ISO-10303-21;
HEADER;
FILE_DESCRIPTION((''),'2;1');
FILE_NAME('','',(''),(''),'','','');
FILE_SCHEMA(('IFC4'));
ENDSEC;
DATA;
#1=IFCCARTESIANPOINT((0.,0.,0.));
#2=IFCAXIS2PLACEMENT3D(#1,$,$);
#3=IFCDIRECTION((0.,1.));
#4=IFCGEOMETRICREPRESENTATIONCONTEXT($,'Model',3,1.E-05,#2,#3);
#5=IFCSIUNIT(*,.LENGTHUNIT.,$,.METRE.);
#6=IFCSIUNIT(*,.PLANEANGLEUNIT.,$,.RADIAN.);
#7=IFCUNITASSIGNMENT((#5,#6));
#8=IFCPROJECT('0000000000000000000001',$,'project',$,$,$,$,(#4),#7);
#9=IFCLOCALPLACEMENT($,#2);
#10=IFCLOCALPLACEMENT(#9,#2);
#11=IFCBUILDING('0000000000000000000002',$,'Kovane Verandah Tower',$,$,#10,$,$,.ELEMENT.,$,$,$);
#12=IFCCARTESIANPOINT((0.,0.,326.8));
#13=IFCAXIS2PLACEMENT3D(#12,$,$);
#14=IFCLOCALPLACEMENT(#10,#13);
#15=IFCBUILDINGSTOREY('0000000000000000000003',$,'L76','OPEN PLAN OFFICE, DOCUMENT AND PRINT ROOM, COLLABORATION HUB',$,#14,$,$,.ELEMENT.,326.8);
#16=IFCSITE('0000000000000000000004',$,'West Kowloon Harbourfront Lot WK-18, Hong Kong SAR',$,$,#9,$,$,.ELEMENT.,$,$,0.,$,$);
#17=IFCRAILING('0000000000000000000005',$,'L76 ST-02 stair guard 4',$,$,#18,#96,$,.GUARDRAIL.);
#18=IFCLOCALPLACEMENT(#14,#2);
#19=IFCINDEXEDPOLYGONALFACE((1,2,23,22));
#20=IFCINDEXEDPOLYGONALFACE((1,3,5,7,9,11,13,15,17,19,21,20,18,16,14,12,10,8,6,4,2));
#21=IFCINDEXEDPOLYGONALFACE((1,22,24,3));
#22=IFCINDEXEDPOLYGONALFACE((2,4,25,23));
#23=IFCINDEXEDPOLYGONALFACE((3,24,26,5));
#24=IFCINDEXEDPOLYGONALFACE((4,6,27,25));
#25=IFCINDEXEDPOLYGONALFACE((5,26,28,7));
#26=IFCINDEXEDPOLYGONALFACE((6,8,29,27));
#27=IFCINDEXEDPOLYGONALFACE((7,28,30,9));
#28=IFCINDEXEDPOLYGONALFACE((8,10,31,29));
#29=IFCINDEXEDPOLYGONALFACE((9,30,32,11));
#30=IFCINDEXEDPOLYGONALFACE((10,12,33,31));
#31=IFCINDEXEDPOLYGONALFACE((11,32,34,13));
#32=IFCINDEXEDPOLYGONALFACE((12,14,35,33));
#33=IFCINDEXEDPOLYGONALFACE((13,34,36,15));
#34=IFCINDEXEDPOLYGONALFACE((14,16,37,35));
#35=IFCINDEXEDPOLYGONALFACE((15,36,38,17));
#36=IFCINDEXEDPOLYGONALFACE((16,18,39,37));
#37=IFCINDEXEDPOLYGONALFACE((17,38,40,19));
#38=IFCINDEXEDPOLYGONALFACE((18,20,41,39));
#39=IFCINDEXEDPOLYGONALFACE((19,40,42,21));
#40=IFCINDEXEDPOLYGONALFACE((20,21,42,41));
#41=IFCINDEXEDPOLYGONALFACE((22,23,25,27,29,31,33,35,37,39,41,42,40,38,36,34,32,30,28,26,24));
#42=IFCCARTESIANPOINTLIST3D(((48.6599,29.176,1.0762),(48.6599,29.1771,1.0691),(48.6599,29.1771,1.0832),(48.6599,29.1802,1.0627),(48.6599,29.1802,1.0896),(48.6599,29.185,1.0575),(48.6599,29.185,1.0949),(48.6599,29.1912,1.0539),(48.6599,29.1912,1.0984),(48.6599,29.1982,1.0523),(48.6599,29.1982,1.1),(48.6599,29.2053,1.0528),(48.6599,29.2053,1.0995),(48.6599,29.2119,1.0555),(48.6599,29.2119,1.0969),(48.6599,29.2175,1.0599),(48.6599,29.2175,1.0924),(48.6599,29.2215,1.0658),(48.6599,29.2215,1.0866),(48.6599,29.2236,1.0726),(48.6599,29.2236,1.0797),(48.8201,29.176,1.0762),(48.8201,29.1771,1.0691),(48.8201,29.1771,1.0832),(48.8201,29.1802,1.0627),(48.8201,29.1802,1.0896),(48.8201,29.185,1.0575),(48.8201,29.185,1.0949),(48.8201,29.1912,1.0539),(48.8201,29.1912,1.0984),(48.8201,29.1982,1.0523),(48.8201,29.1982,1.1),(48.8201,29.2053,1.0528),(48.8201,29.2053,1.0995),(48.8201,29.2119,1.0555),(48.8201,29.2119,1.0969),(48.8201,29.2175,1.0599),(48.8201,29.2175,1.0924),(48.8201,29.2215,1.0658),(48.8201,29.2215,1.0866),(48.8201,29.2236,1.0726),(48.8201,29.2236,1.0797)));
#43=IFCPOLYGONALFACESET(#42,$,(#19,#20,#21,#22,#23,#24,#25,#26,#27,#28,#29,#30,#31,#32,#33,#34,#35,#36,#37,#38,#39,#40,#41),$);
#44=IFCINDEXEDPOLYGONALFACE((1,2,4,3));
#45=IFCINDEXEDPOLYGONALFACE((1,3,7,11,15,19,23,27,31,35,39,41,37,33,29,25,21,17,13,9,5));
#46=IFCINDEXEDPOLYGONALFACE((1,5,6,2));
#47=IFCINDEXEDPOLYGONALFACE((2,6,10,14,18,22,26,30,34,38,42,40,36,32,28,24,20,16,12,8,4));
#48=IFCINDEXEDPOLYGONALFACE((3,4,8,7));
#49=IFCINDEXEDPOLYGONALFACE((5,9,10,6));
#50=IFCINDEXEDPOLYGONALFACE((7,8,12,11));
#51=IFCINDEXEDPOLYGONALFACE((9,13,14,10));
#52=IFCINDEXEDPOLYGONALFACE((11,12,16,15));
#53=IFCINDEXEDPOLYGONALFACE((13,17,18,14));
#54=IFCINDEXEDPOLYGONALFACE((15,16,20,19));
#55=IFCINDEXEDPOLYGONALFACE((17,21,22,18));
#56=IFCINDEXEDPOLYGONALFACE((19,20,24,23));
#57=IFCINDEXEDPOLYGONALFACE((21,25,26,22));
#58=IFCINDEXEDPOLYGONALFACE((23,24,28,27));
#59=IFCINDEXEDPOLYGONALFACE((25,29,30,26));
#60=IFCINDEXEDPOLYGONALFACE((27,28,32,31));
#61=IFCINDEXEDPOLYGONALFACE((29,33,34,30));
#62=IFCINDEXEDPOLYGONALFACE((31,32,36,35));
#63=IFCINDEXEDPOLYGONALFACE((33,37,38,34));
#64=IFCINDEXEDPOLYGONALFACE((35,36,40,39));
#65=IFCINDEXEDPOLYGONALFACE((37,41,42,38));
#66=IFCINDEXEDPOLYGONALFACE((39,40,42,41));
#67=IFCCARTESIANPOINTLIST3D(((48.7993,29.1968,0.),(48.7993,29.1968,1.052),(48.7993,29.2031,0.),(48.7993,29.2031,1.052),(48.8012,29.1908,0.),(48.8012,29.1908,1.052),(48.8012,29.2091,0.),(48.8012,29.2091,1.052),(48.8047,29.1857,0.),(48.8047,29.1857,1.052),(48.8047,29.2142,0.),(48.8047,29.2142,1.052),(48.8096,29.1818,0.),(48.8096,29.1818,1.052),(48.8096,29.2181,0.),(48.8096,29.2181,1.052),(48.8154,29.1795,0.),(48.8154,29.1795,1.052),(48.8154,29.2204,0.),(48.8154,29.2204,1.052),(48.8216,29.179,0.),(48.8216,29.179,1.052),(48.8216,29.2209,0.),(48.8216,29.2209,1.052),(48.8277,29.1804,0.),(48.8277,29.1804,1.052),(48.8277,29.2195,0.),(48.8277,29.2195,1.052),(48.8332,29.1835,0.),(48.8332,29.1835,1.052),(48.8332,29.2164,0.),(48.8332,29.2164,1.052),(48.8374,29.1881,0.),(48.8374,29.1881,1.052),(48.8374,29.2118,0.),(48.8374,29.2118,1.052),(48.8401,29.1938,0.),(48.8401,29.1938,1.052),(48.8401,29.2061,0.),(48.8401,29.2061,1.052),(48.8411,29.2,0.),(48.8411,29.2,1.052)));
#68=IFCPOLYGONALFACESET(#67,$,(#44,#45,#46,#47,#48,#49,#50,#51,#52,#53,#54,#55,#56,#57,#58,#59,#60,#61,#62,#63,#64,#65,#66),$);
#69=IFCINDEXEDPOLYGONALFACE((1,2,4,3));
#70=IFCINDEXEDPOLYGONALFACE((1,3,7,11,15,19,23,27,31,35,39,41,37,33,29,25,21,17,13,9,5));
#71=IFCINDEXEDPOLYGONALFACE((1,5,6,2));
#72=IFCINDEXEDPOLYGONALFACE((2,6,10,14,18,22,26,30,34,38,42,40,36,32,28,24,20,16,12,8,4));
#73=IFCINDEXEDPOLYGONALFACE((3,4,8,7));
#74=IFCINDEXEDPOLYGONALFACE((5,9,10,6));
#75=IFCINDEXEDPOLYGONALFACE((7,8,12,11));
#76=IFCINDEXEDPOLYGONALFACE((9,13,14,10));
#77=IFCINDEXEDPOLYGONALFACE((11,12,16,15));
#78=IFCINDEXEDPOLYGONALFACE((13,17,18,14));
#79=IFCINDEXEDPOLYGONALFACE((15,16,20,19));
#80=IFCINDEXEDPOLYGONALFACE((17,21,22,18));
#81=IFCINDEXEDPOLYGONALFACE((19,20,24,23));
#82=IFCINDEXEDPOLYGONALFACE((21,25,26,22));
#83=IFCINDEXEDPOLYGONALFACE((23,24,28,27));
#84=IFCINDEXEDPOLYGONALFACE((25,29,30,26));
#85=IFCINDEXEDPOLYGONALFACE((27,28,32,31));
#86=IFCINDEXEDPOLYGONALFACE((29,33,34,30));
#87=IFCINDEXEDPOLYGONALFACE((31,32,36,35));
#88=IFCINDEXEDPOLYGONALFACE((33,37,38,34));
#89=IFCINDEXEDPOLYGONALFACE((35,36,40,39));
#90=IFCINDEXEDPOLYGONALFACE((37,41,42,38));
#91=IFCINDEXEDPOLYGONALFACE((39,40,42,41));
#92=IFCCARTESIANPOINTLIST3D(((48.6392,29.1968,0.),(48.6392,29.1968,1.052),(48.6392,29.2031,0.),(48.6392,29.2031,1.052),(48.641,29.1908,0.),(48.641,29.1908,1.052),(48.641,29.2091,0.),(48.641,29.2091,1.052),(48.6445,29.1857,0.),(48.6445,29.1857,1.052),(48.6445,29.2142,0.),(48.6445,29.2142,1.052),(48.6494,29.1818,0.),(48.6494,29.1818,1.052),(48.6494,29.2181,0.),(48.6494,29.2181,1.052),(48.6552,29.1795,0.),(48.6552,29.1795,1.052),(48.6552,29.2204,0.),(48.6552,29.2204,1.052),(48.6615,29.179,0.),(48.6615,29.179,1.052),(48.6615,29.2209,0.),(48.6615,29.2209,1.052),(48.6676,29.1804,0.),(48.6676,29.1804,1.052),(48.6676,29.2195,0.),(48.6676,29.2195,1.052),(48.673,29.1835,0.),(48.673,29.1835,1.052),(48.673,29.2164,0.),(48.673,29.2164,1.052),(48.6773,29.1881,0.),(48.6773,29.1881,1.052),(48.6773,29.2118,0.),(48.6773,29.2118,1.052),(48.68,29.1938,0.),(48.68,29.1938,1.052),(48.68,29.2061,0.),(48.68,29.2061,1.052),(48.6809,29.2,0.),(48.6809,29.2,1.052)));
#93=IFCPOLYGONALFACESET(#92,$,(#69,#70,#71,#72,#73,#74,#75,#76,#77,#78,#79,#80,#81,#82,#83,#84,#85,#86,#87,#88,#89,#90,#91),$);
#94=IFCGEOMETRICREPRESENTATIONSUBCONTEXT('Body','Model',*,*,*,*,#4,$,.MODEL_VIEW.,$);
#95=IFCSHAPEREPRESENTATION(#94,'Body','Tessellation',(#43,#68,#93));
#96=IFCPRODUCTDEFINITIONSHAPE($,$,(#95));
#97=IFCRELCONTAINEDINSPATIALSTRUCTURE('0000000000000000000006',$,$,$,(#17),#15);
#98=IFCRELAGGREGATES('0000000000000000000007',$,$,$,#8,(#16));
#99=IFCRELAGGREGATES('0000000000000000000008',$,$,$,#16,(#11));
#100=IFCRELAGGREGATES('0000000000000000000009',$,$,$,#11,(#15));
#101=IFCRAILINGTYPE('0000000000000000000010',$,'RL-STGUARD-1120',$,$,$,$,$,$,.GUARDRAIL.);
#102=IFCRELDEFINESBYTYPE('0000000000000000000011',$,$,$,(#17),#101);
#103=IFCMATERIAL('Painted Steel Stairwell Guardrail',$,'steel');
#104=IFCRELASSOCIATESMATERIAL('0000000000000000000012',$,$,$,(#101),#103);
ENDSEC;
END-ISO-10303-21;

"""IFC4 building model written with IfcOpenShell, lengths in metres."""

from ifc_helpers import new_model, si_unit, direction, frame, origin, origin_2d, place, context, subcontext, project, spatial, circle, extrude, material, type_object, element, save


model = new_model("IFC4")

# Units and contexts
model_context = context("Model", 3, precision=1e-05, world=origin(), true_north=direction((0.0, 1.0)))
body_context = subcontext(model_context, "Body", "Model", "MODEL_VIEW")
ifc_project = project(units=[si_unit("LENGTHUNIT", "METRE"), si_unit("PLANEANGLEUNIT", "RADIAN")], contexts=[model_context])

# Site, building, storey
site_placement = place(None, origin())
site = spatial("IfcSite", under=ifc_project, at=site_placement, Name="West Kowloon Harbourfront Lot WK-18, Hong Kong SAR", CompositionType="ELEMENT", RefElevation=0.0)
building_placement = place(site_placement, origin())
building = spatial("IfcBuilding", under=site, at=building_placement, Name="Kovane Verandah Tower", CompositionType="ELEMENT")
storey_placement = place(building_placement, frame((0.0, 0.0, 326.8)))
storey = spatial("IfcBuildingStorey", under=building, at=storey_placement, Name="L76", Description="OPEN PLAN OFFICE, DOCUMENT AND PRINT ROOM, COLLABORATION HUB", CompositionType="ELEMENT", Elevation=326.8)

# Railing
ifc_material_1 = material(Name="Painted Steel Stairwell Guardrail", Category="steel")
railing_type_1 = type_object("IfcRailingType", Name="RL-STGUARD-1120", PredefinedType="GUARDRAIL", material=ifc_material_1)
railing_1_placement = place(storey_placement, frame((48.8201, 29.2, 0.0)))
element("IfcRailing", 1, at=railing_1_placement, inside=storey, type_object=railing_type_1, Name="L76 ST-02 stair guard 4", PredefinedType="GUARDRAIL", context=body_context, shape_type="SweptSolid", body=[
    extrude(circle(Radius=0.0239, at=origin_2d()), frame((0.0, 0.0, 1.0762), z_axis=(-1.0, 0.0, 0.0), x_axis=(0.0, -1.0, 0.0)), (0.0, 0.0, 1.0), 0.1602),
    extrude(circle(Radius=0.021, at=origin_2d()), origin(), (0.0, 0.0, 1.0), 1.052),
    extrude(circle(Radius=0.021, at=origin_2d()), frame((-0.1602, 0.0, 0.0)), (0.0, 0.0, 1.0), 1.052),
])

save(model, "model.ifc")
